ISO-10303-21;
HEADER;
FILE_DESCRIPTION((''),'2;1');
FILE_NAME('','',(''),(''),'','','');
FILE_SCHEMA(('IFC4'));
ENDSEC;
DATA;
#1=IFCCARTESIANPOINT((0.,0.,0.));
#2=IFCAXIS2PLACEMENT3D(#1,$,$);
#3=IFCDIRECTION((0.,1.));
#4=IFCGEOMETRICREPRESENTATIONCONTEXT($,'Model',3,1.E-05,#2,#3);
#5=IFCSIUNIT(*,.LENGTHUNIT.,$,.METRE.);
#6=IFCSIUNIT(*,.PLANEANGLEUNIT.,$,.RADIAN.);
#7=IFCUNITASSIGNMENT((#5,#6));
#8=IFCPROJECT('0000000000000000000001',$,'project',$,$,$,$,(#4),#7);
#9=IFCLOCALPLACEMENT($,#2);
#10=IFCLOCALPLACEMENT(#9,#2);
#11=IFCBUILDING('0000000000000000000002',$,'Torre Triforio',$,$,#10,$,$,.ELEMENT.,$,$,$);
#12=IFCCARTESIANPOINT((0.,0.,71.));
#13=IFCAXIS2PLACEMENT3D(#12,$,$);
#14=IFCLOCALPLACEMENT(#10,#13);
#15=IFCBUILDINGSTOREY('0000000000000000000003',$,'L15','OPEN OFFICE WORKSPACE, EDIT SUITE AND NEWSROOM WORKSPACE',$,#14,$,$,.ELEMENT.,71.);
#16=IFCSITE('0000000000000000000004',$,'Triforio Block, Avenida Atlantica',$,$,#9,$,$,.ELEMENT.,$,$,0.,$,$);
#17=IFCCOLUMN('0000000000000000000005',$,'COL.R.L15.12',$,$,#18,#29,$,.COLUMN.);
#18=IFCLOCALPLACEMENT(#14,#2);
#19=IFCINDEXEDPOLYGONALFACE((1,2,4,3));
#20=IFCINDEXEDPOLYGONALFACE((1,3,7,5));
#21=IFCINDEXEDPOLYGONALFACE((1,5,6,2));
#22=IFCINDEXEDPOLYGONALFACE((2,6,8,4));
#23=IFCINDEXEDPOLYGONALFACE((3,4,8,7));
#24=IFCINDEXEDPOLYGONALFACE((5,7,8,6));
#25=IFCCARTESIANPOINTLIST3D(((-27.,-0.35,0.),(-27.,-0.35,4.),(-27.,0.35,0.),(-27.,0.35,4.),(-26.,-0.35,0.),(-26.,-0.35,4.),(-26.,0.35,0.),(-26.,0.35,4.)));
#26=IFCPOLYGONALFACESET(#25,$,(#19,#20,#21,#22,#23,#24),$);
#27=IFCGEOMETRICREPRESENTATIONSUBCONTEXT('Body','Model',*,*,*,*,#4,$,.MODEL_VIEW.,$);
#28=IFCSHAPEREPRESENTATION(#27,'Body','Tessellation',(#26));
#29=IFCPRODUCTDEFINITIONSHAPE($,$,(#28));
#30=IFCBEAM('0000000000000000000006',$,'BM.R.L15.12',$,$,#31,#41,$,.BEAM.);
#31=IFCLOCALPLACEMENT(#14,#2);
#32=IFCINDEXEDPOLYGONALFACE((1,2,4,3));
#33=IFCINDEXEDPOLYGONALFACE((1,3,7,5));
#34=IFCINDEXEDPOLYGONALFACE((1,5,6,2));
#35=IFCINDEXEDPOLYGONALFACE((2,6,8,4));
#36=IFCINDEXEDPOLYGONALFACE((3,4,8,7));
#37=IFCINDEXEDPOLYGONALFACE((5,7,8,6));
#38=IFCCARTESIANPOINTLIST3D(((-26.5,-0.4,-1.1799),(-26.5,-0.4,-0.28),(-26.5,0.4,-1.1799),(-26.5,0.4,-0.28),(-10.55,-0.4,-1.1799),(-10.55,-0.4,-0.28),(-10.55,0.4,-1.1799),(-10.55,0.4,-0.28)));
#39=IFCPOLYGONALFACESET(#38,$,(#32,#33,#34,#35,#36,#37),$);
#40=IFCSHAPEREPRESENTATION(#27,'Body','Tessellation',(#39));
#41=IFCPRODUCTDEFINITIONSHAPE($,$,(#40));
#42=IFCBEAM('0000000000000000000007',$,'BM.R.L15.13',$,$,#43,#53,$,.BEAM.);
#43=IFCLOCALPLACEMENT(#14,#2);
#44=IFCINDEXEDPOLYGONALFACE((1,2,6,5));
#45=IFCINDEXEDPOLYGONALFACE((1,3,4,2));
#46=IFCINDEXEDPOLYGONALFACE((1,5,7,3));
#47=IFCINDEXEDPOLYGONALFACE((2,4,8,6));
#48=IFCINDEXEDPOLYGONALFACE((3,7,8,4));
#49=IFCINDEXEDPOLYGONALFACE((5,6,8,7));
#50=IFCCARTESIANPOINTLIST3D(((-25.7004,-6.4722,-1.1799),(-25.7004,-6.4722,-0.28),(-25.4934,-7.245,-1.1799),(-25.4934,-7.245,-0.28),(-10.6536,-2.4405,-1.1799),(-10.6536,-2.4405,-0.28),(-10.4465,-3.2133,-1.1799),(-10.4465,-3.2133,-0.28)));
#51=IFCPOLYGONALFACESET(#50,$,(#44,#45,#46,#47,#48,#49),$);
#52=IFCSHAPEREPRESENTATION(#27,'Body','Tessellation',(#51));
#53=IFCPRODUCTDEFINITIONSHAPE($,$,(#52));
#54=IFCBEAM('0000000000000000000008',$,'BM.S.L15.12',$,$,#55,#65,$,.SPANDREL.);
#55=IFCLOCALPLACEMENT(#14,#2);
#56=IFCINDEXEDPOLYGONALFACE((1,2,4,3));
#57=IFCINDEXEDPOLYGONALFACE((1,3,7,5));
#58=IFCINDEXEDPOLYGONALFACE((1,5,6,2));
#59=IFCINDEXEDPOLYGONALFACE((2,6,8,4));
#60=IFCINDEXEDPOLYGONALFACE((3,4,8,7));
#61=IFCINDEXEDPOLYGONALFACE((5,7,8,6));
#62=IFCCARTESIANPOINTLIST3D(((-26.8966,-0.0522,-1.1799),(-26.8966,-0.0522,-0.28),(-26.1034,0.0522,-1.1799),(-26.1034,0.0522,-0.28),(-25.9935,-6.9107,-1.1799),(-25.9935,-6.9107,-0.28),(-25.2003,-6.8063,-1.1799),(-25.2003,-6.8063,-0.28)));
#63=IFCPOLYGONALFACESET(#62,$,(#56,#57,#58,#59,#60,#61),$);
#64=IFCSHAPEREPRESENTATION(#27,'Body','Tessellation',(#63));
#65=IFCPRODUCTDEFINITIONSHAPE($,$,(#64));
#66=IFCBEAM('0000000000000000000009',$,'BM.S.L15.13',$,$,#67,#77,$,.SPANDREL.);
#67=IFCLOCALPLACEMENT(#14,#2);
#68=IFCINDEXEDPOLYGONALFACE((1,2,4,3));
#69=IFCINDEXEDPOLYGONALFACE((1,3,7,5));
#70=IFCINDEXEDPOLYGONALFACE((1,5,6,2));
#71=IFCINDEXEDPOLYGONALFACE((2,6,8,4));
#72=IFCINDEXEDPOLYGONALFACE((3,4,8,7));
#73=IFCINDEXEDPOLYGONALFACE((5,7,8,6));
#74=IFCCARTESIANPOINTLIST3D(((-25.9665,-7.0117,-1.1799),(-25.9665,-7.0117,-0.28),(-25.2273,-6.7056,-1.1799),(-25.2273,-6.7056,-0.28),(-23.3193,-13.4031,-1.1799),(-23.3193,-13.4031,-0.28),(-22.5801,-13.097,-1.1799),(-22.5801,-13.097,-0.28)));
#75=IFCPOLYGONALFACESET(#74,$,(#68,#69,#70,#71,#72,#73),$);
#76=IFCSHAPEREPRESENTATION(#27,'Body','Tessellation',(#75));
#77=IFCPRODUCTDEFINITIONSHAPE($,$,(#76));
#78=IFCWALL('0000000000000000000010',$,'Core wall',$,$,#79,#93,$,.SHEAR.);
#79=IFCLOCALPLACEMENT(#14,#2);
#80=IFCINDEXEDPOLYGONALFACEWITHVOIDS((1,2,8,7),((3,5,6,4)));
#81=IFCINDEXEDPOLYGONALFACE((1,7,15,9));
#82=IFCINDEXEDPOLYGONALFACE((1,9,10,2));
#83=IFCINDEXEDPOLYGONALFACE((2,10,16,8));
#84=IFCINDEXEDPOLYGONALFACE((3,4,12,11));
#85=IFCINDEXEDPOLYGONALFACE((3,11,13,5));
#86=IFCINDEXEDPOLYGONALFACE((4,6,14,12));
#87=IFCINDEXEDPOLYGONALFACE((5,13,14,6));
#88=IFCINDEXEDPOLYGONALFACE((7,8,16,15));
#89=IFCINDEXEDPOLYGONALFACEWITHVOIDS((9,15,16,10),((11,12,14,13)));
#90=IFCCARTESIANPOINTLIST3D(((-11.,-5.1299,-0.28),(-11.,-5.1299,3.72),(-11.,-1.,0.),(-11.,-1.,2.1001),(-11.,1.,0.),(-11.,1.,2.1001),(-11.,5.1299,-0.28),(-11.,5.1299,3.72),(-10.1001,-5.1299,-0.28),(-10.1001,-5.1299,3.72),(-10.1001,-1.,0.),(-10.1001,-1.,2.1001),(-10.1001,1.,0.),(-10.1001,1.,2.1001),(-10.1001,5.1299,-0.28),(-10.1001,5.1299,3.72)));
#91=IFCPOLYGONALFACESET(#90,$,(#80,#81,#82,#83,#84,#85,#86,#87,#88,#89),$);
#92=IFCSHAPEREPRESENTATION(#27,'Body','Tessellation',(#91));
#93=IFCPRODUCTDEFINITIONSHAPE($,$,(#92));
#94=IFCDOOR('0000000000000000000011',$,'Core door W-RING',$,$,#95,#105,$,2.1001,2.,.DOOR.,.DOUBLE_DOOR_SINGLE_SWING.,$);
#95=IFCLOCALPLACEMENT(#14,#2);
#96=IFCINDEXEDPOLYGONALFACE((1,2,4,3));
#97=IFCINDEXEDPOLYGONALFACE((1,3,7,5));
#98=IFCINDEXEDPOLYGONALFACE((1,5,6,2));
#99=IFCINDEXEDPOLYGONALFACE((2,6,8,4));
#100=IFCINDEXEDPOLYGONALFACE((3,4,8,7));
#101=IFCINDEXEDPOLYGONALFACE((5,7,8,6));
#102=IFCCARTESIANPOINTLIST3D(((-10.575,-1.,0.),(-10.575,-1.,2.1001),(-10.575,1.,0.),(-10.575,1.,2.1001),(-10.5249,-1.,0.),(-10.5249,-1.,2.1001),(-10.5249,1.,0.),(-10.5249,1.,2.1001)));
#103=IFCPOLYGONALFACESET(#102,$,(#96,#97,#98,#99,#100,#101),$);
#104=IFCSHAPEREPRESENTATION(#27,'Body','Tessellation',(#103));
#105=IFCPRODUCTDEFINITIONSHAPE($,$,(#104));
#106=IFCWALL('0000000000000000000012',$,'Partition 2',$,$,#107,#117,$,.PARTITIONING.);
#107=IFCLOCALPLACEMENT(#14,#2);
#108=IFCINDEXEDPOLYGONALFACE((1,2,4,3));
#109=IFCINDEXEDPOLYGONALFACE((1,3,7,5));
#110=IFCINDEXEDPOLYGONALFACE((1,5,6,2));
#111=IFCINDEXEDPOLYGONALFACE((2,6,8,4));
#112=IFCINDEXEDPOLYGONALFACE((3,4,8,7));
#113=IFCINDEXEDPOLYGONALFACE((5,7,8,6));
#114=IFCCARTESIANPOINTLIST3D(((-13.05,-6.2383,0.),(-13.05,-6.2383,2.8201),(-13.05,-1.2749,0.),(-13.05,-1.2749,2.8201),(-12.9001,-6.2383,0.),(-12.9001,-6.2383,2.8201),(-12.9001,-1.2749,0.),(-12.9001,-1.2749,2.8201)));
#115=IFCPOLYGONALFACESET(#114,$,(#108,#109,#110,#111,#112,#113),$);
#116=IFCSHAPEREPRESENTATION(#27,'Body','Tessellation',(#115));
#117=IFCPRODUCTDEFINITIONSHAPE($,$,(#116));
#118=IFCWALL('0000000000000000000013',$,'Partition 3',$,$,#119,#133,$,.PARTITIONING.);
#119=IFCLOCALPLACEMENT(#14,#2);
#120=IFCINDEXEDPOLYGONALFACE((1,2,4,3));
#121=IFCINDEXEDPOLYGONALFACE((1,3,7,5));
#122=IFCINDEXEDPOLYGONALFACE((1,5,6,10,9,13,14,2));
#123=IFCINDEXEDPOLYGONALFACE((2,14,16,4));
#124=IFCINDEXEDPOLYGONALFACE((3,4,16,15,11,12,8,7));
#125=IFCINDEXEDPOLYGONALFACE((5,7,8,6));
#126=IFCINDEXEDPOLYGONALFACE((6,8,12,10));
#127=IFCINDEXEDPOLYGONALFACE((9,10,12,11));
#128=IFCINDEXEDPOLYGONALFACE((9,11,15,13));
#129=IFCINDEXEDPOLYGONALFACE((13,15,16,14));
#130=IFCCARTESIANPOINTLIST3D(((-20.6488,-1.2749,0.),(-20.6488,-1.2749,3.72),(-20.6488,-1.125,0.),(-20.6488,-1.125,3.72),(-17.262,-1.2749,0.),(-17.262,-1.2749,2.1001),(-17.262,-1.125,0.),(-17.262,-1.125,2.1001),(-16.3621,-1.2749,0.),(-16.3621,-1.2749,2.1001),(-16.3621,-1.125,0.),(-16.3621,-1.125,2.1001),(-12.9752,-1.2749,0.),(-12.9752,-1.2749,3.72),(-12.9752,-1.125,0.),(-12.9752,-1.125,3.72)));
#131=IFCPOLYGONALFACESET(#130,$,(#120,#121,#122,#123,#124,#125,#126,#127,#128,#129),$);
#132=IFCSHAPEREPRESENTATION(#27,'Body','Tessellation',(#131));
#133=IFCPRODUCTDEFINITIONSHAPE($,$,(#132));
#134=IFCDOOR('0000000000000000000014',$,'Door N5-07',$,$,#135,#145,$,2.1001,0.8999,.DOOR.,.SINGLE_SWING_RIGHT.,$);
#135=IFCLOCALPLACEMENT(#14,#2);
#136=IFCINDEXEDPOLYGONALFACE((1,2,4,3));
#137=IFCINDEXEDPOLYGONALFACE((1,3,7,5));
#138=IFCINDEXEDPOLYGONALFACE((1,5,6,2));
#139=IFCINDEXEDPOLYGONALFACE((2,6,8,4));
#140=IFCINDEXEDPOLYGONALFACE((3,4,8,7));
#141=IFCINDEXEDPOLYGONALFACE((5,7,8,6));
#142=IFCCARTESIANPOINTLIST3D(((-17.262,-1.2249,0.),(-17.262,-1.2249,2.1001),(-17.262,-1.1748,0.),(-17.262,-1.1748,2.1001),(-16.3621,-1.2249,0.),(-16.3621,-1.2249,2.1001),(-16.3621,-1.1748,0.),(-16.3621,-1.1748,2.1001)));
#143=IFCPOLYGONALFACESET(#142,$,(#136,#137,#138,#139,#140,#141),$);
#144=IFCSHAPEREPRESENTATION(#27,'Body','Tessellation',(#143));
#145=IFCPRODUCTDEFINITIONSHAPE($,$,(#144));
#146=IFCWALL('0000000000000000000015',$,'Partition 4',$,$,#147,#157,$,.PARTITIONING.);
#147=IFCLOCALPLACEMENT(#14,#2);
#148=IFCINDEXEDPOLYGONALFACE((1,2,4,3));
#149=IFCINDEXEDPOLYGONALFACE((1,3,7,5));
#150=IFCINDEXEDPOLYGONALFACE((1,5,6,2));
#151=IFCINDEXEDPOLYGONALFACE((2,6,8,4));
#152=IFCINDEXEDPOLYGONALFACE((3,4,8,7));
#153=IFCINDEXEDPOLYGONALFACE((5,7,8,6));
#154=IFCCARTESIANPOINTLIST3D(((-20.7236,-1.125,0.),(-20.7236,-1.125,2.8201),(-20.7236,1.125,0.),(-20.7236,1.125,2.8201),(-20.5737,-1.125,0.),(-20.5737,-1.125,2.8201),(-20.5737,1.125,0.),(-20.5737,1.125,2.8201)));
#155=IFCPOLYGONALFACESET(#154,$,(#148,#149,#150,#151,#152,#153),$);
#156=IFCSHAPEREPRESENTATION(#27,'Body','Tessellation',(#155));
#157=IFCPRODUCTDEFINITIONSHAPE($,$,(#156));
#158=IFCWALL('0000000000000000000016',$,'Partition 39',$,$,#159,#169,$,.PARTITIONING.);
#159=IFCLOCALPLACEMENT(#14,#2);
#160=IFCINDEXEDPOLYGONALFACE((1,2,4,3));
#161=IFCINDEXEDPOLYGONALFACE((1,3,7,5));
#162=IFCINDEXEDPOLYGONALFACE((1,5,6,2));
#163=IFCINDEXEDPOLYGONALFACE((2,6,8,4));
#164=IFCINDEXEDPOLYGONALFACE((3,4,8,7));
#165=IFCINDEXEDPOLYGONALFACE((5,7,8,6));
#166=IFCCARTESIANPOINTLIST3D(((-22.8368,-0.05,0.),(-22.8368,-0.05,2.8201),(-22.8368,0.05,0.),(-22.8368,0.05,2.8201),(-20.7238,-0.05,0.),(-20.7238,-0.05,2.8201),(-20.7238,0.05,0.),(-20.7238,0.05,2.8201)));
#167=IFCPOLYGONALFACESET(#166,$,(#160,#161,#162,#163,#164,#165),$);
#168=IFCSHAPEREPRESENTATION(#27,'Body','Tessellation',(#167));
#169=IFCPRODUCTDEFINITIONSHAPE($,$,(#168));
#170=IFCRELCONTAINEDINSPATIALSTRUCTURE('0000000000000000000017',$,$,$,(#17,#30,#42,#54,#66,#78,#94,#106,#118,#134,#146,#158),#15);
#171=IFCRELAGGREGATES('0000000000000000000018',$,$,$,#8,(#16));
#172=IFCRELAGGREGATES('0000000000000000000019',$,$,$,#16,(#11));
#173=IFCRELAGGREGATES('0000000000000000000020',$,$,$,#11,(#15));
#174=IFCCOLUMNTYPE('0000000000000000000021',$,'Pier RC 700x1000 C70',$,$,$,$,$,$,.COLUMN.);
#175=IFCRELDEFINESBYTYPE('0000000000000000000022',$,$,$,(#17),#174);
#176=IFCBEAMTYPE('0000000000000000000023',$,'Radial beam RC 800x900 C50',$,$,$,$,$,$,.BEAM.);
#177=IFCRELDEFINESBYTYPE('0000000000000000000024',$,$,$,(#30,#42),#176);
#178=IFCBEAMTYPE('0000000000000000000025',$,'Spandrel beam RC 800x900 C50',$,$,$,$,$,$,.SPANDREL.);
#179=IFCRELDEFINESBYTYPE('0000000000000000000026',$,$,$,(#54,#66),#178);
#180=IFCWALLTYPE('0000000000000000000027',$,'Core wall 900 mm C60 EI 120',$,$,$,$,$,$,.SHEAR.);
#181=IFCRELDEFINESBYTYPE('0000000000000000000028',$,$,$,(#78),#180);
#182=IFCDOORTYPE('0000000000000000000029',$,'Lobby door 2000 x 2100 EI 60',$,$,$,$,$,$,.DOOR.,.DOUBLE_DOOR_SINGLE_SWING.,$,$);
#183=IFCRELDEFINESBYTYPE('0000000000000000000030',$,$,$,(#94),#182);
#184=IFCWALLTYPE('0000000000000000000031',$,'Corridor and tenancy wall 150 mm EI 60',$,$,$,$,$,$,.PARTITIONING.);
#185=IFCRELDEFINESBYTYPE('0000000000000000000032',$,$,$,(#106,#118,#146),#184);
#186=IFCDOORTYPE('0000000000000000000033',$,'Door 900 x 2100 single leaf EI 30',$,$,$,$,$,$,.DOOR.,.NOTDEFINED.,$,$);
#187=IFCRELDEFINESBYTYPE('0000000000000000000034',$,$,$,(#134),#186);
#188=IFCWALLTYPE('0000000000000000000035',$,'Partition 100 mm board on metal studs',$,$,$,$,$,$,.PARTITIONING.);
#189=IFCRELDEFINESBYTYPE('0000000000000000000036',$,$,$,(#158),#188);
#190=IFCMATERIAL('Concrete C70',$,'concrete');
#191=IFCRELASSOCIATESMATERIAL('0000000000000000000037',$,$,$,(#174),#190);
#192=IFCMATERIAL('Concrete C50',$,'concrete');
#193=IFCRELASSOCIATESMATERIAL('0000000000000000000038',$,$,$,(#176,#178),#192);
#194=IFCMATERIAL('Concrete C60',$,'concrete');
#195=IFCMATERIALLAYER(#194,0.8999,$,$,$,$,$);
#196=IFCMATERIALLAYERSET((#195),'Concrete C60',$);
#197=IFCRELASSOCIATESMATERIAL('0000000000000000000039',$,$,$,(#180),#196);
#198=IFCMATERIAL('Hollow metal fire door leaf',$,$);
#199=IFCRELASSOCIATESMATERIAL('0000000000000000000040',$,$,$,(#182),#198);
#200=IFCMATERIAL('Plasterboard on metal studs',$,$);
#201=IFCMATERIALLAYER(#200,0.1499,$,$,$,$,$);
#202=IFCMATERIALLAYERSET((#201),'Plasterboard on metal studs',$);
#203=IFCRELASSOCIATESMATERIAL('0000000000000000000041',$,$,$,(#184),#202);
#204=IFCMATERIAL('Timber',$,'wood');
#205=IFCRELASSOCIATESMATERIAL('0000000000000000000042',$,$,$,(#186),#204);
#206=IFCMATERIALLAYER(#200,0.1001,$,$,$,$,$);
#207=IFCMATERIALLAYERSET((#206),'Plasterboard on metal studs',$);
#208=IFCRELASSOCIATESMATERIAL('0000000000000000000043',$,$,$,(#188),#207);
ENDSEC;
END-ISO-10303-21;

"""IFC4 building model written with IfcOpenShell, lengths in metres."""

from ifc_helpers import new_model, si_unit, direction, frame, frame_2d, origin, origin_2d, place, context, subcontext, project, spatial, rectangle, extrude, material, layer, layer_set, material_profile, profile_set, type_object, element, fill, save


model = new_model("IFC4")

# Units and contexts
model_context = context("Model", 3, precision=1e-05, world=origin(), true_north=direction((0.0, 1.0)))
body_context = subcontext(model_context, "Body", "Model", "MODEL_VIEW")
ifc_project = project(units=[si_unit("LENGTHUNIT", "METRE"), si_unit("PLANEANGLEUNIT", "RADIAN")], contexts=[model_context])

# Site, building, storey
site_placement = place(None, origin())
site = spatial("IfcSite", under=ifc_project, at=site_placement, Name="Triforio Block, Avenida Atlantica", CompositionType="ELEMENT", RefElevation=0.0)
building_placement = place(site_placement, origin())
building = spatial("IfcBuilding", under=site, at=building_placement, Name="Torre Triforio", CompositionType="ELEMENT")
storey_placement = place(building_placement, frame((0.0, 0.0, 71.0)))
storey = spatial("IfcBuildingStorey", under=building, at=storey_placement, Name="L15", Description="OPEN OFFICE WORKSPACE, EDIT SUITE AND NEWSROOM WORKSPACE", CompositionType="ELEMENT", Elevation=71.0)

# Column
ifc_material_1 = material(Name="Concrete C70", Category="concrete")
ifc_material_profile_1 = material_profile(ifc_material_1, rectangle(XDim=0.7, YDim=1.0, at=origin_2d()), Name="RC 700x1000")
ifc_profile_set_1 = profile_set([ifc_material_profile_1], Name="Concrete C70")
column_type = type_object("IfcColumnType", Name="Pier RC 700x1000 C70", PredefinedType="COLUMN", material=ifc_profile_set_1)
column_placement = place(storey_placement, frame((-26.5, 0.0, 0.0), z_axis=(0.0, 0.0, 1.0), x_axis=(0.0, -1.0, 0.0)))
element("IfcColumn", 1, at=column_placement, inside=storey, type_object=column_type, Name="COL.R.L15.12", PredefinedType="COLUMN", context=body_context, shape_type="SweptSolid", body=[
    extrude(rectangle(XDim=0.7, YDim=1.0, at=origin_2d()), origin(), (0.0, 0.0, 1.0), 4.0),
])

# Beams
ifc_material_2 = material(Name="Concrete C50", Category="concrete")
ifc_material_profile_2 = material_profile(ifc_material_2, rectangle(XDim=0.8, YDim=0.8999, at=origin_2d()), Name="RC 800x900")
ifc_profile_set_2 = profile_set([ifc_material_profile_2], Name="Concrete C50")
beam_type_1 = type_object("IfcBeamType", Name="Radial beam RC 800x900 C50", PredefinedType="BEAM", material=ifc_profile_set_2)
beam_1_placement = place(storey_placement, frame((-10.55, 0.0, -0.73), z_axis=(-1.0, 0.0, 0.0), x_axis=(0.0, -1.0, 0.0)))
element("IfcBeam", 2, at=beam_1_placement, inside=storey, type_object=beam_type_1, Name="BM.R.L15.12", PredefinedType="BEAM", context=body_context, shape_type="SweptSolid", body=[
    extrude(rectangle(XDim=0.8, YDim=0.8999, at=origin_2d()), origin(), (0.0, 0.0, 1.0), 15.95),
])
beam_2_placement = place(storey_placement, frame((-10.55, -2.8269, -0.73), z_axis=(-0.965927, -0.258815, 0.0), x_axis=(0.258815, -0.965927, 0.0)))
element("IfcBeam", 3, at=beam_2_placement, inside=storey, type_object=beam_type_1, Name="BM.R.L15.13", PredefinedType="BEAM", context=body_context, shape_type="SweptSolid", body=[
    extrude(rectangle(XDim=0.8, YDim=0.8999, at=origin_2d()), origin(), (0.0, 0.0, 1.0), 15.5776),
])
ifc_material_profile_3 = material_profile(ifc_material_2, rectangle(XDim=0.8, YDim=0.8999, at=origin_2d()), Name="RC 800x900")
ifc_profile_set_3 = profile_set([ifc_material_profile_3], Name="Concrete C50")
beam_type_2 = type_object("IfcBeamType", Name="Spandrel beam RC 800x900 C50", PredefinedType="SPANDREL", material=ifc_profile_set_3)
beam_3_placement = place(storey_placement, frame((-26.5, 0.0, -0.73), z_axis=(0.130543, -0.991443, 0.0), x_axis=(0.991443, 0.130543, 0.0)))
element("IfcBeam", 4, at=beam_3_placement, inside=storey, type_object=beam_type_2, Name="BM.S.L15.12", PredefinedType="SPANDREL", context=body_context, shape_type="SweptSolid", body=[
    extrude(rectangle(XDim=0.8, YDim=0.8999, at=origin_2d()), origin(), (0.0, 0.0, 1.0), 6.9177),
])
beam_4_placement = place(storey_placement, frame((-25.5969, -6.8586, -0.73), z_axis=(0.382662, -0.923888, 0.0), x_axis=(0.923888, 0.382662, 0.0)))
element("IfcBeam", 5, at=beam_4_placement, inside=storey, type_object=beam_type_2, Name="BM.S.L15.13", PredefinedType="SPANDREL", context=body_context, shape_type="SweptSolid", body=[
    extrude(rectangle(XDim=0.8, YDim=0.8999, at=origin_2d()), origin(), (0.0, 0.0, 1.0), 6.918),
])

# Wall, opening, door
ifc_material_3 = material(Name="Concrete C60", Category="concrete")
ifc_layer_1 = layer(ifc_material_3, 0.8999)
ifc_layer_set_1 = layer_set([ifc_layer_1], Name="Concrete C60")
wall_type_1 = type_object("IfcWallType", Name="Core wall 900 mm C60 EI 120", PredefinedType="SHEAR", material=ifc_layer_set_1)
wall_1_placement = place(storey_placement, frame((-10.55, -5.1299, -0.28), z_axis=(0.0, 0.0, 1.0), x_axis=(0.0, 1.0, 0.0)))
wall_1 = element("IfcWall", 6, at=wall_1_placement, inside=storey, type_object=wall_type_1, Name="Core wall", PredefinedType="SHEAR", context=body_context, shape_type="SweptSolid", body=[
    extrude(rectangle(XDim=10.2598, YDim=0.8999, at=frame_2d((5.1299, 0.0))), origin(), (0.0, 0.0, 1.0), 4.0),
])
opening_1_placement = place(wall_1_placement, frame((4.1299, 0.0, 0.28)))
opening_1 = element("IfcOpeningElement", 7, at=opening_1_placement, cuts=wall_1, PredefinedType="OPENING", context=body_context, shape_type="SweptSolid", body=[
    extrude(rectangle(XDim=2.0, YDim=2.1001, at=frame_2d((1.0, 1.05))), frame((0.0, 0.46, 0.0), z_axis=(0.0, -1.0, 0.0), x_axis=(1.0, 0.0, 0.0)), (0.0, 0.0, 1.0), 0.9199),
])
ifc_material_4 = material(Name="Hollow metal fire door leaf")
door_type_1 = type_object("IfcDoorType", Name="Lobby door 2000 x 2100 EI 60", OperationType="DOUBLE_DOOR_SINGLE_SWING", PredefinedType="DOOR", material=ifc_material_4)
door_1_placement = place(opening_1_placement, origin())
door_1 = element("IfcDoor", 8, at=door_1_placement, inside=storey, type_object=door_type_1, Name="Core door W-RING", OperationType="DOUBLE_DOOR_SINGLE_SWING", OverallHeight=2.1001, OverallWidth=2.0, PredefinedType="DOOR", context=body_context, shape_type="SweptSolid", body=[
    extrude(rectangle(XDim=2.0, YDim=2.1001, at=frame_2d((1.0, 1.05))), frame((0.0, 0.0249, 0.0), z_axis=(0.0, -1.0, 0.0), x_axis=(1.0, 0.0, 0.0)), (0.0, 0.0, 1.0), 0.05),
])
fill(opening_1, door_1)

# Wall
ifc_material_5 = material(Name="Plasterboard on metal studs")
ifc_layer_2 = layer(ifc_material_5, 0.1499)
ifc_layer_set_2 = layer_set([ifc_layer_2], Name="Plasterboard on metal studs")
wall_type_2 = type_object("IfcWallType", Name="Corridor and tenancy wall 150 mm EI 60", PredefinedType="PARTITIONING", material=ifc_layer_set_2)
wall_2_placement = place(storey_placement, frame((-12.9751, -6.2383, 0.0), z_axis=(0.0, 0.0, 1.0), x_axis=(0.0, 1.0, 0.0)))
element("IfcWall", 9, at=wall_2_placement, inside=storey, type_object=wall_type_2, Name="Partition 2", PredefinedType="PARTITIONING", context=body_context, shape_type="SweptSolid", body=[
    extrude(rectangle(XDim=4.9634, YDim=0.1499, at=frame_2d((2.4817, 0.0))), origin(), (0.0, 0.0, 1.0), 2.8201),
])

# Wall, opening, door
wall_3_placement = place(storey_placement, frame((-12.9751, -1.2, 0.0), z_axis=(0.0, 0.0, 1.0), x_axis=(-1.0, 0.0, 0.0)))
wall_3 = element("IfcWall", 10, at=wall_3_placement, inside=storey, type_object=wall_type_2, Name="Partition 3", PredefinedType="PARTITIONING", context=body_context, shape_type="SweptSolid", body=[
    extrude(rectangle(XDim=7.6736, YDim=0.1499, at=frame_2d((3.8369, 0.0))), origin(), (0.0, 0.0, 1.0), 3.72),
])
opening_2_placement = place(wall_3_placement, frame((3.387, 0.0, 0.0)))
opening_2 = element("IfcOpeningElement", 11, at=opening_2_placement, cuts=wall_3, PredefinedType="OPENING", context=body_context, shape_type="SweptSolid", body=[
    extrude(rectangle(XDim=0.8999, YDim=2.1001, at=frame_2d((0.45, 1.05))), frame((0.0, 0.085, 0.0), z_axis=(0.0, -1.0, 0.0), x_axis=(1.0, 0.0, 0.0)), (0.0, 0.0, 1.0), 0.1699),
])
ifc_material_6 = material(Name="Timber", Category="wood")
door_type_2 = type_object("IfcDoorType", Name="Door 900 x 2100 single leaf EI 30", OperationType="NOTDEFINED", PredefinedType="DOOR", material=ifc_material_6)
door_2_placement = place(opening_2_placement, origin())
door_2 = element("IfcDoor", 12, at=door_2_placement, inside=storey, type_object=door_type_2, Name="Door N5-07", OperationType="SINGLE_SWING_RIGHT", OverallHeight=2.1001, OverallWidth=0.8999, PredefinedType="DOOR", context=body_context, shape_type="SweptSolid", body=[
    extrude(rectangle(XDim=0.8999, YDim=2.1001, at=frame_2d((0.45, 1.05))), frame((0.0, 0.0249, 0.0), z_axis=(0.0, -1.0, 0.0), x_axis=(1.0, 0.0, 0.0)), (0.0, 0.0, 1.0), 0.05),
])
fill(opening_2, door_2)

# Walls
wall_4_placement = place(storey_placement, frame((-20.6487, -1.125, 0.0), z_axis=(0.0, 0.0, 1.0), x_axis=(0.0, 1.0, 0.0)))
element("IfcWall", 13, at=wall_4_placement, inside=storey, type_object=wall_type_2, Name="Partition 4", PredefinedType="PARTITIONING", context=body_context, shape_type="SweptSolid", body=[
    extrude(rectangle(XDim=2.25, YDim=0.1499, at=frame_2d((1.125, 0.0))), origin(), (0.0, 0.0, 1.0), 2.8201),
])
ifc_layer_3 = layer(ifc_material_5, 0.1001)
ifc_layer_set_3 = layer_set([ifc_layer_3], Name="Plasterboard on metal studs")
wall_type_3 = type_object("IfcWallType", Name="Partition 100 mm board on metal studs", PredefinedType="PARTITIONING", material=ifc_layer_set_3)
wall_5_placement = place(storey_placement, frame((-20.7236, 0.0, 0.0), z_axis=(0.0, 0.0, 1.0), x_axis=(-1.0, 0.0, 0.0)))
element("IfcWall", 14, at=wall_5_placement, inside=storey, type_object=wall_type_3, Name="Partition 39", PredefinedType="PARTITIONING", context=body_context, shape_type="SweptSolid", body=[
    extrude(rectangle(XDim=2.113, YDim=0.1001, at=frame_2d((1.0566, 0.0))), origin(), (0.0, 0.0, 1.0), 2.8201),
])

save(model, "model.ifc")
